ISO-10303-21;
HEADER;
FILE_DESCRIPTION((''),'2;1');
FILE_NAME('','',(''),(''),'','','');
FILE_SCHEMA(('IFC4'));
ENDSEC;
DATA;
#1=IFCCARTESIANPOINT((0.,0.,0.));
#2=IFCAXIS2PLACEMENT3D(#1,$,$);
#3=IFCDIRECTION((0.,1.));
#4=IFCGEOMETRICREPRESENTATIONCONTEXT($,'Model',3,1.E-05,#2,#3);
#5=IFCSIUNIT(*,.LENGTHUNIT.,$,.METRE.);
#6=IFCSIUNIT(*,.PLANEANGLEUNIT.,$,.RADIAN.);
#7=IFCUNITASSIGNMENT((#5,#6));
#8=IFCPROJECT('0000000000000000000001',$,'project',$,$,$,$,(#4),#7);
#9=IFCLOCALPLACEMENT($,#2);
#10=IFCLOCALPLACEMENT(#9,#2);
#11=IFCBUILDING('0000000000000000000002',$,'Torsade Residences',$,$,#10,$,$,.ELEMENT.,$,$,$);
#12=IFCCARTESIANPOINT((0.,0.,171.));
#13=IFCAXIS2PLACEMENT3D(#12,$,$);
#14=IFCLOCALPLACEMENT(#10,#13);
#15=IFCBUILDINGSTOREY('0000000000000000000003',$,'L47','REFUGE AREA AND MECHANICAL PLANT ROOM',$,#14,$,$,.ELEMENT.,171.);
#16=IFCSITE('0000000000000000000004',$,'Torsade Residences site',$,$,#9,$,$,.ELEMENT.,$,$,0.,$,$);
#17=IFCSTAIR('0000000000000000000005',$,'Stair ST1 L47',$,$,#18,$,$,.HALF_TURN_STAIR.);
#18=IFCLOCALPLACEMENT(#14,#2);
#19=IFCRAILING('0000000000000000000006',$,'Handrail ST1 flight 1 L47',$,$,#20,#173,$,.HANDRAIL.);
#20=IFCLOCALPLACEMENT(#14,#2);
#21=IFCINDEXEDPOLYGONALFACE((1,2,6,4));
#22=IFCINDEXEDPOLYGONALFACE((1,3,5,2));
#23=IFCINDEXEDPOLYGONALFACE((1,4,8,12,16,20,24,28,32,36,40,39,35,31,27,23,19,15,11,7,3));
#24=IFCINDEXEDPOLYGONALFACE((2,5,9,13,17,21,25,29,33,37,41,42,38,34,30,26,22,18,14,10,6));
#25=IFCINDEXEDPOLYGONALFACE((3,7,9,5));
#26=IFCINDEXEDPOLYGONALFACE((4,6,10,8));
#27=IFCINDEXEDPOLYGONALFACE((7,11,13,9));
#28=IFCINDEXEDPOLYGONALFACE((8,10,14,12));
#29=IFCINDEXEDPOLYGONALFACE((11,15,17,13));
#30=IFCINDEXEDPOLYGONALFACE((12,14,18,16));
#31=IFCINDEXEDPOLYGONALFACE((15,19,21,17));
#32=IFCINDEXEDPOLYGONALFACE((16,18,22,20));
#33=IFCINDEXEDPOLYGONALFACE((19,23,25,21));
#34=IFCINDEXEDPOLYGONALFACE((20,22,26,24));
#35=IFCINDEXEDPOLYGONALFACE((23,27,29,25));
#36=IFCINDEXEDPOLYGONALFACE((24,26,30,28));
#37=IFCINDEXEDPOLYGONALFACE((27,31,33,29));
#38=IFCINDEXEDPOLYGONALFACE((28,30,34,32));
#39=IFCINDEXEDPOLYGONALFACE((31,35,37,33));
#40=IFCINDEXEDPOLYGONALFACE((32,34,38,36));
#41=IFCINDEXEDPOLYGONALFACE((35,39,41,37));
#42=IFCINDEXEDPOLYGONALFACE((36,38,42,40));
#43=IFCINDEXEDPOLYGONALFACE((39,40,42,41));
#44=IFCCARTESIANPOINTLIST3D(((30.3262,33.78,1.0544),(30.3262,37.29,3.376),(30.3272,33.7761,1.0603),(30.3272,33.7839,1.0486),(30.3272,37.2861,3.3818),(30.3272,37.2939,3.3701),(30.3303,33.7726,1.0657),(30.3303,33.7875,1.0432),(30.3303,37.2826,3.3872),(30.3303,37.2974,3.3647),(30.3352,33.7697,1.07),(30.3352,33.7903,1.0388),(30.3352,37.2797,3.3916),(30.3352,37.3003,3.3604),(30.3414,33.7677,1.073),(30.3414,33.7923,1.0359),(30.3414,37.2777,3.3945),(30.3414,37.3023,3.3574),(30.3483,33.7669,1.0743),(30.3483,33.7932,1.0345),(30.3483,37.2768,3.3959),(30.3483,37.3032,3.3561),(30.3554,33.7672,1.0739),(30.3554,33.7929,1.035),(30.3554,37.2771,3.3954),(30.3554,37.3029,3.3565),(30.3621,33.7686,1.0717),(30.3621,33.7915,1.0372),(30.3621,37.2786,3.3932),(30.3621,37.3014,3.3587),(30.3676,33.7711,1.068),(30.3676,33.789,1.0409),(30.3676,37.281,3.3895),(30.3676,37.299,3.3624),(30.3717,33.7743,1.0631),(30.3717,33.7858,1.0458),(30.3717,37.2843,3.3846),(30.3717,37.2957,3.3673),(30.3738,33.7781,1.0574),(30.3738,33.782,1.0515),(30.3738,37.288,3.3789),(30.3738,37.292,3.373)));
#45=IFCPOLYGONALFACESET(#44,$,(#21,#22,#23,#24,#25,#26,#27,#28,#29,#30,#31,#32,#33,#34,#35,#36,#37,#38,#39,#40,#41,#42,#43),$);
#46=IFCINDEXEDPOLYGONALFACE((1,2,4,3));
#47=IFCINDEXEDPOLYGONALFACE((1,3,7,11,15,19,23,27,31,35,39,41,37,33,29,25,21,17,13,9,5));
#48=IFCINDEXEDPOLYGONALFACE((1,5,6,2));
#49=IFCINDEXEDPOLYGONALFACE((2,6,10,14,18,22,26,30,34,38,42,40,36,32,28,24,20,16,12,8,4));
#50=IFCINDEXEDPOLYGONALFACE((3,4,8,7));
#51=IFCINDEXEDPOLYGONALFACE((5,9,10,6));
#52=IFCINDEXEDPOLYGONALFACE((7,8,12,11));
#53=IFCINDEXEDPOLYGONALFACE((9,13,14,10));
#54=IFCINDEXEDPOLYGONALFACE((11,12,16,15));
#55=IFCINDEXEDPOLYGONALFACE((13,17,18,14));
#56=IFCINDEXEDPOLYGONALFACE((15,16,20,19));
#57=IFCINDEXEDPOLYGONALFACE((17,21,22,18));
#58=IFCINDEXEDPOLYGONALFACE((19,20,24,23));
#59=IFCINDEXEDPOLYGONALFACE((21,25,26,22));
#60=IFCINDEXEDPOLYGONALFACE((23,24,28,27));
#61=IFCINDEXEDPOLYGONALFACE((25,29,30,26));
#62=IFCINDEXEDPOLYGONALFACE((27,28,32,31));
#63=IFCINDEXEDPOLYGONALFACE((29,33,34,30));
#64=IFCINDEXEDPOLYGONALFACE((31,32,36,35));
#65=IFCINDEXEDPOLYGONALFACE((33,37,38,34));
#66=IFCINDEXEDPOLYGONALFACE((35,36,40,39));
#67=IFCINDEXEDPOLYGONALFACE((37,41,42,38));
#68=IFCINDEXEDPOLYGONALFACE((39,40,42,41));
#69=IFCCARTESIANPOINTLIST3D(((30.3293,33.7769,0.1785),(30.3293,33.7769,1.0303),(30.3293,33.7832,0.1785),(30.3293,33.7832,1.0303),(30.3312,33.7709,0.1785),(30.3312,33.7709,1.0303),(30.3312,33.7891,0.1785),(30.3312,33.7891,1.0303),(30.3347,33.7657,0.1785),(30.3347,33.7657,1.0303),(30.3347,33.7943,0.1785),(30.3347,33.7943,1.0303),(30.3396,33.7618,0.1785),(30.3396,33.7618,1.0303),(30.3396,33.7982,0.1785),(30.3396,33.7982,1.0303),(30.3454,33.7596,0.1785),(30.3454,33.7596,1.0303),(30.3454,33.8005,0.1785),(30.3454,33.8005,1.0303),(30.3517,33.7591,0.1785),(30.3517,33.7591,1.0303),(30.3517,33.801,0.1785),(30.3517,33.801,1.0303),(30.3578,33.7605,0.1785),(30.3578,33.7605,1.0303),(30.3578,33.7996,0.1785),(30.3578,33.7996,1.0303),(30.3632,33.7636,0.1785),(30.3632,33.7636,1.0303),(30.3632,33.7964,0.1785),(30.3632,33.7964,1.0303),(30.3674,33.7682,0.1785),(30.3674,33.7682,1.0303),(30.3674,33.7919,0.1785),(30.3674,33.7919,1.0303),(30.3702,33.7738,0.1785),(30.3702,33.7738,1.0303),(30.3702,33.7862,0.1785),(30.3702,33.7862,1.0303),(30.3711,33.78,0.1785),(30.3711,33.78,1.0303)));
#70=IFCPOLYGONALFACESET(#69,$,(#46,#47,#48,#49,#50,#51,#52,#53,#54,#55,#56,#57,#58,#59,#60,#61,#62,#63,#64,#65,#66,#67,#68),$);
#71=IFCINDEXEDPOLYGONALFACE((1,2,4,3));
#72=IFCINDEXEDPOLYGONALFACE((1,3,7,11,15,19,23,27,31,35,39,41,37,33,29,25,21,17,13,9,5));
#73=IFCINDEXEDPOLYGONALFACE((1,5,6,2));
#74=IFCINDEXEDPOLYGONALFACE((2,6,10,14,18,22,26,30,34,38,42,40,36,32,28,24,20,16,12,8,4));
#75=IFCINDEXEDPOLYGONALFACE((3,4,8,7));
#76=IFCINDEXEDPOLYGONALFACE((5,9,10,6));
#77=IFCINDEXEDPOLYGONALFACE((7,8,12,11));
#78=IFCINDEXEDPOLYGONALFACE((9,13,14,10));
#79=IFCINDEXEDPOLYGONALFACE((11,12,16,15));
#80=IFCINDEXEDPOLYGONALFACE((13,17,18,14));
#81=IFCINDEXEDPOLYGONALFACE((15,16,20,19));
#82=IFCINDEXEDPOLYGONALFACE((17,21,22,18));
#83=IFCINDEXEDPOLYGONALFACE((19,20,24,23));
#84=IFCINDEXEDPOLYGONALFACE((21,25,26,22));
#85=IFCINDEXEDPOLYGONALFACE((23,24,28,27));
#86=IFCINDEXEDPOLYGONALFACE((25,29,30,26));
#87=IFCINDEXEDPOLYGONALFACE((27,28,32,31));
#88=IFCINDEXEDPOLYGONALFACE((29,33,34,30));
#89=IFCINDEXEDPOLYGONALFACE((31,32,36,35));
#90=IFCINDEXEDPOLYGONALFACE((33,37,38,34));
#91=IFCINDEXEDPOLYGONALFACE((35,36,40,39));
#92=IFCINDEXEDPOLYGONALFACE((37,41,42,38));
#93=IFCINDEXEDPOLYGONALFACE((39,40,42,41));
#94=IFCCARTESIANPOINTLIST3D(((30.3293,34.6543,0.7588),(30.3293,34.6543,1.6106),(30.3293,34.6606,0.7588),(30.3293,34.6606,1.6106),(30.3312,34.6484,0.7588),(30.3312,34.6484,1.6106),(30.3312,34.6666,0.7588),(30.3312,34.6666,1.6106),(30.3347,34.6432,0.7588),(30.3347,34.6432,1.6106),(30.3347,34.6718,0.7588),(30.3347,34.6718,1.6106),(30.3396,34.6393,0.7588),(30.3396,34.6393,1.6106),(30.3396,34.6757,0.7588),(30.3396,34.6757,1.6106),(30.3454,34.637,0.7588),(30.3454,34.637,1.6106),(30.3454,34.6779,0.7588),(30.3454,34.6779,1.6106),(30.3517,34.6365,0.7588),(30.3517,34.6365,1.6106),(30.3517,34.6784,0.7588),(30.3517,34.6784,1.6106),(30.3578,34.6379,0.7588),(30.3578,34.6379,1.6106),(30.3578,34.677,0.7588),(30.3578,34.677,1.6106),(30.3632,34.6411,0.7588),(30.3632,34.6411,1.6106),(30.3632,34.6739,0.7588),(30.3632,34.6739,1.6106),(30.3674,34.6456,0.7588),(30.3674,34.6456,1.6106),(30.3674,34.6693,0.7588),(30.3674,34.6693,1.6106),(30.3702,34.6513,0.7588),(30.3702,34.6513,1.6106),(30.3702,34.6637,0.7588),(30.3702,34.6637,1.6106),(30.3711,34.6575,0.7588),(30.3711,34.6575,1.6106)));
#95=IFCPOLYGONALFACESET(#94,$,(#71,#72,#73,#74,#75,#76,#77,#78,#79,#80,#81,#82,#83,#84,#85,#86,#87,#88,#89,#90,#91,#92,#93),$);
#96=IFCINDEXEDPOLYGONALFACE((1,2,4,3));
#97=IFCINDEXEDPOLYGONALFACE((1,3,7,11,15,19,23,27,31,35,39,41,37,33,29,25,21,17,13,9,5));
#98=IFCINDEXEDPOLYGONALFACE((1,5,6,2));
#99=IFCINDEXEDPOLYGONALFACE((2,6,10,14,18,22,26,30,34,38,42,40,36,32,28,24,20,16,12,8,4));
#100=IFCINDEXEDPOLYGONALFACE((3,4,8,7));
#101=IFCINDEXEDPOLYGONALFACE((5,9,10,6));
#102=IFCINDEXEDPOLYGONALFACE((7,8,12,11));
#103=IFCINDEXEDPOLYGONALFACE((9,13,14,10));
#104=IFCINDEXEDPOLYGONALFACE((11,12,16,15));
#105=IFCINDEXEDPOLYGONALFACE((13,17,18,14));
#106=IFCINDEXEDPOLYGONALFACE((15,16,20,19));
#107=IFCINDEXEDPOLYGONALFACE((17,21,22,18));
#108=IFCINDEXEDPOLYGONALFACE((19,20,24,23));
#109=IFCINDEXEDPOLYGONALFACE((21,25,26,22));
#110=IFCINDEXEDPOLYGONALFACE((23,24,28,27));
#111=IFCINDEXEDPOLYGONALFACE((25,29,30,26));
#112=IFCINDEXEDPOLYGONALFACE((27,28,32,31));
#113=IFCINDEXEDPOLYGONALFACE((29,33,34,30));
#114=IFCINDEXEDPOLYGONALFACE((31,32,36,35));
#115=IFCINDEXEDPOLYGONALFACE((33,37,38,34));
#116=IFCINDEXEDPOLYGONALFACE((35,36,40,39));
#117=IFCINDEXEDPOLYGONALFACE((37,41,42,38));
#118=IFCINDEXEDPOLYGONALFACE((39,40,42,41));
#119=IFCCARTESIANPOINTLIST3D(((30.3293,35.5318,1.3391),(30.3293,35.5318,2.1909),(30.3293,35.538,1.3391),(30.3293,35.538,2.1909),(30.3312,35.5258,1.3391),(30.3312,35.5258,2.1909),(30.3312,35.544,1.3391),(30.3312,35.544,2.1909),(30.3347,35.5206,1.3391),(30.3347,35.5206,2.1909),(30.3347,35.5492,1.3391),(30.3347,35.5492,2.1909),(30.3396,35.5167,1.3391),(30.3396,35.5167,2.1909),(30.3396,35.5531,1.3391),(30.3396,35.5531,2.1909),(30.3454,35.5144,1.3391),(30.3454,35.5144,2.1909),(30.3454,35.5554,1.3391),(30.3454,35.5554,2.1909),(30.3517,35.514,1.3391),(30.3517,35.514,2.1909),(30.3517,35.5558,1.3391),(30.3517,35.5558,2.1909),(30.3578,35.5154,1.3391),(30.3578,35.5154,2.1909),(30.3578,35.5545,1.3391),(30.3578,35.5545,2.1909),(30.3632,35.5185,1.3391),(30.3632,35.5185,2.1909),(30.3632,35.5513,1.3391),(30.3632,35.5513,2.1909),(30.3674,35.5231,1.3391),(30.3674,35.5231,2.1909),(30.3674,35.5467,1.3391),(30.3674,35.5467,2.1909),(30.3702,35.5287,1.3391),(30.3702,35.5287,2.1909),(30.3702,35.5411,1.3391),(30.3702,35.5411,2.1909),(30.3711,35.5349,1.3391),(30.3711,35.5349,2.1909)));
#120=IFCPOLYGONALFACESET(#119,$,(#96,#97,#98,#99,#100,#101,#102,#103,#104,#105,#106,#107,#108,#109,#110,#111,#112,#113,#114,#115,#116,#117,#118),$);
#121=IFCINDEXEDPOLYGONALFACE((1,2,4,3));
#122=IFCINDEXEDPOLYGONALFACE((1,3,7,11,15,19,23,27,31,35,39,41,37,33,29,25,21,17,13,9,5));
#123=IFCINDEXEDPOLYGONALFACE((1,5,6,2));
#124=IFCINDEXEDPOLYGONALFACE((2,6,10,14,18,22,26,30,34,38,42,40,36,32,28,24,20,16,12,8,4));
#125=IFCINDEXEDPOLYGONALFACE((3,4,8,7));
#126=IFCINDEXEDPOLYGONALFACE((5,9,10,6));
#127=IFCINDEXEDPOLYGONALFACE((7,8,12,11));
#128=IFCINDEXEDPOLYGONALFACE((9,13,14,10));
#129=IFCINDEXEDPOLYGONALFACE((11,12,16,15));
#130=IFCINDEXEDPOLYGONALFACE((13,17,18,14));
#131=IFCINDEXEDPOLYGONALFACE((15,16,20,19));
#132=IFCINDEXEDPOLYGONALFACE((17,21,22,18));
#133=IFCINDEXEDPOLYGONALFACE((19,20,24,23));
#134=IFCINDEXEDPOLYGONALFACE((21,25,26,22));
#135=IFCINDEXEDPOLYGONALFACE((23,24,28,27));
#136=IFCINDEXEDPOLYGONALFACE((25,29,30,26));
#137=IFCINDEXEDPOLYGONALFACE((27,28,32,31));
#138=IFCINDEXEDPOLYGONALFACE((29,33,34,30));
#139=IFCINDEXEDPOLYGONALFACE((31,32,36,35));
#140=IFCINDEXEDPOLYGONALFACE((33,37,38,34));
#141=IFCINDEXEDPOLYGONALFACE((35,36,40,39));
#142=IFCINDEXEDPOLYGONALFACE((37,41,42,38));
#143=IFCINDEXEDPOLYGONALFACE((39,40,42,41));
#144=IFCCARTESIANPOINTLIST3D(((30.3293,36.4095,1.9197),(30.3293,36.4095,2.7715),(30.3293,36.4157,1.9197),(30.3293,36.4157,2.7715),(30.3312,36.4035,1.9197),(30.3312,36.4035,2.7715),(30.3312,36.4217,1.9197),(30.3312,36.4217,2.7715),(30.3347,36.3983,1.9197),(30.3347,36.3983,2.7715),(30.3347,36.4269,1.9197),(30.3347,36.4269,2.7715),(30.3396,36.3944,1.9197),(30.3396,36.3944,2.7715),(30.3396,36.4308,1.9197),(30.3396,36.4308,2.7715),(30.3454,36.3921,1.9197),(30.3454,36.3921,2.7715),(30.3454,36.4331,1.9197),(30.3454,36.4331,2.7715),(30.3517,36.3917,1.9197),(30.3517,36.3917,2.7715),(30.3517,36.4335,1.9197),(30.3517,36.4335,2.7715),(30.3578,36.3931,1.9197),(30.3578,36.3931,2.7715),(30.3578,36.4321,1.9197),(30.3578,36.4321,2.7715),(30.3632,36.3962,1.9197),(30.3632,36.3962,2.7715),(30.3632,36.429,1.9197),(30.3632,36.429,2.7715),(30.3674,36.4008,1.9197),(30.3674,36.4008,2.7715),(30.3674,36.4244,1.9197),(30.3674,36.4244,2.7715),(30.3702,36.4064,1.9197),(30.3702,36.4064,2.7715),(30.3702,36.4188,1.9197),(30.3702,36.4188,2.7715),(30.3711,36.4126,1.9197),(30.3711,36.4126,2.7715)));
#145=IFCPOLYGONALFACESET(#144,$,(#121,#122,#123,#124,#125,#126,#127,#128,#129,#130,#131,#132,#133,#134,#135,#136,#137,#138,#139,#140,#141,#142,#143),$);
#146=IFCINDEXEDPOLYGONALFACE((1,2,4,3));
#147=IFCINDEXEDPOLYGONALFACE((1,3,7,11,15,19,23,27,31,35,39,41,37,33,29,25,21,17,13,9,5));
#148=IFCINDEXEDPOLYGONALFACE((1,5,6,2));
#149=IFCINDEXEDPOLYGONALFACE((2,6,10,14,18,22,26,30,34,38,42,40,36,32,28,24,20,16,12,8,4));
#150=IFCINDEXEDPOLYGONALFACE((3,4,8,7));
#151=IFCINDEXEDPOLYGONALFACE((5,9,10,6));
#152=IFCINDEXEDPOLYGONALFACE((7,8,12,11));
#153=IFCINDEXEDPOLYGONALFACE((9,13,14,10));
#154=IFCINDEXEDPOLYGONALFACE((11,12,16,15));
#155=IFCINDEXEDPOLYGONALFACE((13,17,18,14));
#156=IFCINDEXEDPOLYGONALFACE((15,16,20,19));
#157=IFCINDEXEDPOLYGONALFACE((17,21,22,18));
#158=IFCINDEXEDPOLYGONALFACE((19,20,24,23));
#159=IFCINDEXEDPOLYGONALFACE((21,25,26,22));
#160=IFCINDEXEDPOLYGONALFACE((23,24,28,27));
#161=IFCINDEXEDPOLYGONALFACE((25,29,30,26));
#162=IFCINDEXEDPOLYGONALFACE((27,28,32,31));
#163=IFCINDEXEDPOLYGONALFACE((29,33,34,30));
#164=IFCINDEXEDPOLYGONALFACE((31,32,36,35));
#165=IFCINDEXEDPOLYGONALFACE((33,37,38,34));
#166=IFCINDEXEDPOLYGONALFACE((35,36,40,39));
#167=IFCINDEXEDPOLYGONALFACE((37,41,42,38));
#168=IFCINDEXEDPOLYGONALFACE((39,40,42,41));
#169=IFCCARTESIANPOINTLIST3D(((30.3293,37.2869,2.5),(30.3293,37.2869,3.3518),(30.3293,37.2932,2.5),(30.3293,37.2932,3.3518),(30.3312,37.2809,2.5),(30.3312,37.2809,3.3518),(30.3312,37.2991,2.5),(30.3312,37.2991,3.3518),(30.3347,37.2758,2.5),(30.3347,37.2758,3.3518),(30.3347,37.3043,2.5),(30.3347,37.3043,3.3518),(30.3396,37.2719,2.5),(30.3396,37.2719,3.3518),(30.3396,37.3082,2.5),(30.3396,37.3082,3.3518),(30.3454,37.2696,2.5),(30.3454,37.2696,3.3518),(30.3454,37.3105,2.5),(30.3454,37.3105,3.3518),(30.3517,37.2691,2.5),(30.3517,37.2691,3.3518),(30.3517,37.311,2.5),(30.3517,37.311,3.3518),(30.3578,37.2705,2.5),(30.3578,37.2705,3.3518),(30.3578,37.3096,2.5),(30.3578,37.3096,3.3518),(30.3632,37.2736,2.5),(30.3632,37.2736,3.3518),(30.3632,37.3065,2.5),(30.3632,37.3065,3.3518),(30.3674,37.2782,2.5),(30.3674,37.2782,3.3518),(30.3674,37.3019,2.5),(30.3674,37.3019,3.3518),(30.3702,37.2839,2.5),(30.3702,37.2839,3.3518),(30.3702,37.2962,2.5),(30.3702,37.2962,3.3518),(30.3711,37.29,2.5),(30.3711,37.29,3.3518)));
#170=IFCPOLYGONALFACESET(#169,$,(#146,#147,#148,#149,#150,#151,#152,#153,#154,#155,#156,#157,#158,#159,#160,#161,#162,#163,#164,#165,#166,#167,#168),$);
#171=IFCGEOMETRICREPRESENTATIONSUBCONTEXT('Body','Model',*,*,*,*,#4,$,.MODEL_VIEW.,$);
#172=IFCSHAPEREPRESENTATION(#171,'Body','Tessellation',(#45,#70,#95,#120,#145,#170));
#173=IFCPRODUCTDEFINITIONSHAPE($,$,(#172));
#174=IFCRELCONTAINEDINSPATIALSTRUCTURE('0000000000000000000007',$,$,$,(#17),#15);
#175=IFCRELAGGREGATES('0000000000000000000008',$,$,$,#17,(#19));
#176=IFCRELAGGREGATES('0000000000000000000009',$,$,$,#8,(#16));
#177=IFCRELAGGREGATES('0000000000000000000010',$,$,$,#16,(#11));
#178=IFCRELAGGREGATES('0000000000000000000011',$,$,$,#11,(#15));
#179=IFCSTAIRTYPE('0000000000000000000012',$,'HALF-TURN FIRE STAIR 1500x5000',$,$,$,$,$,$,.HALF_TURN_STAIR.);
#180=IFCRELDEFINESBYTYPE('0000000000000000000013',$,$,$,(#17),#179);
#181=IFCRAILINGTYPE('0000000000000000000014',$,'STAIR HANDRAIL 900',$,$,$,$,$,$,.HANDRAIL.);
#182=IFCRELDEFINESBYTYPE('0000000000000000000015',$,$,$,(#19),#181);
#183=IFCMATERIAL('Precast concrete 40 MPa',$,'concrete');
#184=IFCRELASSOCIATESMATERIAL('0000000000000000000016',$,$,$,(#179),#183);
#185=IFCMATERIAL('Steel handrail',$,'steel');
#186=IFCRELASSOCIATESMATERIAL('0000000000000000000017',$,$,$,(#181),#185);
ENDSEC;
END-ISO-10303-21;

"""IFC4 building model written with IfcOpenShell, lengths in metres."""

from ifc_helpers import new_model, si_unit, direction, frame, origin, origin_2d, place, context, subcontext, project, spatial, circle, extrude, material, type_object, element, aggregate, save


model = new_model("IFC4")

# Units and contexts
model_context = context("Model", 3, precision=1e-05, world=origin(), true_north=direction((0.0, 1.0)))
body_context = subcontext(model_context, "Body", "Model", "MODEL_VIEW")
ifc_project = project(units=[si_unit("LENGTHUNIT", "METRE"), si_unit("PLANEANGLEUNIT", "RADIAN")], contexts=[model_context])

# Site, building, storey
site_placement = place(None, origin())
site = spatial("IfcSite", under=ifc_project, at=site_placement, Name="Torsade Residences site", CompositionType="ELEMENT", RefElevation=0.0)
building_placement = place(site_placement, origin())
building = spatial("IfcBuilding", under=site, at=building_placement, Name="Torsade Residences", CompositionType="ELEMENT")
storey_placement = place(building_placement, frame((0.0, 0.0, 171.0)))
storey = spatial("IfcBuildingStorey", under=building, at=storey_placement, Name="L47", Description="REFUGE AREA AND MECHANICAL PLANT ROOM", CompositionType="ELEMENT", Elevation=171.0)

# Stair, railing
ifc_material_1 = material(Name="Precast concrete 40 MPa", Category="concrete")
stair_type = type_object("IfcStairType", Name="HALF-TURN FIRE STAIR 1500x5000", PredefinedType="HALF_TURN_STAIR", material=ifc_material_1)
stair_placement = place(storey_placement, origin())
stair = element("IfcStair", 1, at=stair_placement, inside=storey, type_object=stair_type, Name="Stair ST1 L47", PredefinedType="HALF_TURN_STAIR")
ifc_material_2 = material(Name="Steel handrail", Category="steel")
railing_type = type_object("IfcRailingType", Name="STAIR HANDRAIL 900", PredefinedType="HANDRAIL", material=ifc_material_2)
railing_1_placement = place(storey_placement, frame((30.3501, 33.78, 0.1785)))
railing_1 = element("IfcRailing", 2, at=railing_1_placement, type_object=railing_type, Name="Handrail ST1 flight 1 L47", PredefinedType="HANDRAIL", context=body_context, shape_type="SweptSolid", body=[
    extrude(circle(Radius=0.0239, at=origin_2d()), frame((0.0, 0.0, 0.876), z_axis=(0.0, 0.834071, 0.551657), x_axis=(-1.0, 0.0, 0.0)), (0.0, 0.0, 1.0), 4.2083),
    extrude(circle(Radius=0.021, at=origin_2d()), origin(), (0.0, 0.0, 1.0), 0.8518),
    extrude(circle(Radius=0.021, at=origin_2d()), frame((0.0, 0.8774, 0.5803)), (0.0, 0.0, 1.0), 0.8518),
    extrude(circle(Radius=0.021, at=origin_2d()), frame((0.0, 1.7549, 1.1606)), (0.0, 0.0, 1.0), 0.8518),
    extrude(circle(Radius=0.021, at=origin_2d()), frame((0.0, 2.6326, 1.7412)), (0.0, 0.0, 1.0), 0.8518),
    extrude(circle(Radius=0.021, at=origin_2d()), frame((0.0, 3.51, 2.3215)), (0.0, 0.0, 1.0), 0.8518),
])
aggregate(stair, [railing_1])

save(model, "model.ifc")
